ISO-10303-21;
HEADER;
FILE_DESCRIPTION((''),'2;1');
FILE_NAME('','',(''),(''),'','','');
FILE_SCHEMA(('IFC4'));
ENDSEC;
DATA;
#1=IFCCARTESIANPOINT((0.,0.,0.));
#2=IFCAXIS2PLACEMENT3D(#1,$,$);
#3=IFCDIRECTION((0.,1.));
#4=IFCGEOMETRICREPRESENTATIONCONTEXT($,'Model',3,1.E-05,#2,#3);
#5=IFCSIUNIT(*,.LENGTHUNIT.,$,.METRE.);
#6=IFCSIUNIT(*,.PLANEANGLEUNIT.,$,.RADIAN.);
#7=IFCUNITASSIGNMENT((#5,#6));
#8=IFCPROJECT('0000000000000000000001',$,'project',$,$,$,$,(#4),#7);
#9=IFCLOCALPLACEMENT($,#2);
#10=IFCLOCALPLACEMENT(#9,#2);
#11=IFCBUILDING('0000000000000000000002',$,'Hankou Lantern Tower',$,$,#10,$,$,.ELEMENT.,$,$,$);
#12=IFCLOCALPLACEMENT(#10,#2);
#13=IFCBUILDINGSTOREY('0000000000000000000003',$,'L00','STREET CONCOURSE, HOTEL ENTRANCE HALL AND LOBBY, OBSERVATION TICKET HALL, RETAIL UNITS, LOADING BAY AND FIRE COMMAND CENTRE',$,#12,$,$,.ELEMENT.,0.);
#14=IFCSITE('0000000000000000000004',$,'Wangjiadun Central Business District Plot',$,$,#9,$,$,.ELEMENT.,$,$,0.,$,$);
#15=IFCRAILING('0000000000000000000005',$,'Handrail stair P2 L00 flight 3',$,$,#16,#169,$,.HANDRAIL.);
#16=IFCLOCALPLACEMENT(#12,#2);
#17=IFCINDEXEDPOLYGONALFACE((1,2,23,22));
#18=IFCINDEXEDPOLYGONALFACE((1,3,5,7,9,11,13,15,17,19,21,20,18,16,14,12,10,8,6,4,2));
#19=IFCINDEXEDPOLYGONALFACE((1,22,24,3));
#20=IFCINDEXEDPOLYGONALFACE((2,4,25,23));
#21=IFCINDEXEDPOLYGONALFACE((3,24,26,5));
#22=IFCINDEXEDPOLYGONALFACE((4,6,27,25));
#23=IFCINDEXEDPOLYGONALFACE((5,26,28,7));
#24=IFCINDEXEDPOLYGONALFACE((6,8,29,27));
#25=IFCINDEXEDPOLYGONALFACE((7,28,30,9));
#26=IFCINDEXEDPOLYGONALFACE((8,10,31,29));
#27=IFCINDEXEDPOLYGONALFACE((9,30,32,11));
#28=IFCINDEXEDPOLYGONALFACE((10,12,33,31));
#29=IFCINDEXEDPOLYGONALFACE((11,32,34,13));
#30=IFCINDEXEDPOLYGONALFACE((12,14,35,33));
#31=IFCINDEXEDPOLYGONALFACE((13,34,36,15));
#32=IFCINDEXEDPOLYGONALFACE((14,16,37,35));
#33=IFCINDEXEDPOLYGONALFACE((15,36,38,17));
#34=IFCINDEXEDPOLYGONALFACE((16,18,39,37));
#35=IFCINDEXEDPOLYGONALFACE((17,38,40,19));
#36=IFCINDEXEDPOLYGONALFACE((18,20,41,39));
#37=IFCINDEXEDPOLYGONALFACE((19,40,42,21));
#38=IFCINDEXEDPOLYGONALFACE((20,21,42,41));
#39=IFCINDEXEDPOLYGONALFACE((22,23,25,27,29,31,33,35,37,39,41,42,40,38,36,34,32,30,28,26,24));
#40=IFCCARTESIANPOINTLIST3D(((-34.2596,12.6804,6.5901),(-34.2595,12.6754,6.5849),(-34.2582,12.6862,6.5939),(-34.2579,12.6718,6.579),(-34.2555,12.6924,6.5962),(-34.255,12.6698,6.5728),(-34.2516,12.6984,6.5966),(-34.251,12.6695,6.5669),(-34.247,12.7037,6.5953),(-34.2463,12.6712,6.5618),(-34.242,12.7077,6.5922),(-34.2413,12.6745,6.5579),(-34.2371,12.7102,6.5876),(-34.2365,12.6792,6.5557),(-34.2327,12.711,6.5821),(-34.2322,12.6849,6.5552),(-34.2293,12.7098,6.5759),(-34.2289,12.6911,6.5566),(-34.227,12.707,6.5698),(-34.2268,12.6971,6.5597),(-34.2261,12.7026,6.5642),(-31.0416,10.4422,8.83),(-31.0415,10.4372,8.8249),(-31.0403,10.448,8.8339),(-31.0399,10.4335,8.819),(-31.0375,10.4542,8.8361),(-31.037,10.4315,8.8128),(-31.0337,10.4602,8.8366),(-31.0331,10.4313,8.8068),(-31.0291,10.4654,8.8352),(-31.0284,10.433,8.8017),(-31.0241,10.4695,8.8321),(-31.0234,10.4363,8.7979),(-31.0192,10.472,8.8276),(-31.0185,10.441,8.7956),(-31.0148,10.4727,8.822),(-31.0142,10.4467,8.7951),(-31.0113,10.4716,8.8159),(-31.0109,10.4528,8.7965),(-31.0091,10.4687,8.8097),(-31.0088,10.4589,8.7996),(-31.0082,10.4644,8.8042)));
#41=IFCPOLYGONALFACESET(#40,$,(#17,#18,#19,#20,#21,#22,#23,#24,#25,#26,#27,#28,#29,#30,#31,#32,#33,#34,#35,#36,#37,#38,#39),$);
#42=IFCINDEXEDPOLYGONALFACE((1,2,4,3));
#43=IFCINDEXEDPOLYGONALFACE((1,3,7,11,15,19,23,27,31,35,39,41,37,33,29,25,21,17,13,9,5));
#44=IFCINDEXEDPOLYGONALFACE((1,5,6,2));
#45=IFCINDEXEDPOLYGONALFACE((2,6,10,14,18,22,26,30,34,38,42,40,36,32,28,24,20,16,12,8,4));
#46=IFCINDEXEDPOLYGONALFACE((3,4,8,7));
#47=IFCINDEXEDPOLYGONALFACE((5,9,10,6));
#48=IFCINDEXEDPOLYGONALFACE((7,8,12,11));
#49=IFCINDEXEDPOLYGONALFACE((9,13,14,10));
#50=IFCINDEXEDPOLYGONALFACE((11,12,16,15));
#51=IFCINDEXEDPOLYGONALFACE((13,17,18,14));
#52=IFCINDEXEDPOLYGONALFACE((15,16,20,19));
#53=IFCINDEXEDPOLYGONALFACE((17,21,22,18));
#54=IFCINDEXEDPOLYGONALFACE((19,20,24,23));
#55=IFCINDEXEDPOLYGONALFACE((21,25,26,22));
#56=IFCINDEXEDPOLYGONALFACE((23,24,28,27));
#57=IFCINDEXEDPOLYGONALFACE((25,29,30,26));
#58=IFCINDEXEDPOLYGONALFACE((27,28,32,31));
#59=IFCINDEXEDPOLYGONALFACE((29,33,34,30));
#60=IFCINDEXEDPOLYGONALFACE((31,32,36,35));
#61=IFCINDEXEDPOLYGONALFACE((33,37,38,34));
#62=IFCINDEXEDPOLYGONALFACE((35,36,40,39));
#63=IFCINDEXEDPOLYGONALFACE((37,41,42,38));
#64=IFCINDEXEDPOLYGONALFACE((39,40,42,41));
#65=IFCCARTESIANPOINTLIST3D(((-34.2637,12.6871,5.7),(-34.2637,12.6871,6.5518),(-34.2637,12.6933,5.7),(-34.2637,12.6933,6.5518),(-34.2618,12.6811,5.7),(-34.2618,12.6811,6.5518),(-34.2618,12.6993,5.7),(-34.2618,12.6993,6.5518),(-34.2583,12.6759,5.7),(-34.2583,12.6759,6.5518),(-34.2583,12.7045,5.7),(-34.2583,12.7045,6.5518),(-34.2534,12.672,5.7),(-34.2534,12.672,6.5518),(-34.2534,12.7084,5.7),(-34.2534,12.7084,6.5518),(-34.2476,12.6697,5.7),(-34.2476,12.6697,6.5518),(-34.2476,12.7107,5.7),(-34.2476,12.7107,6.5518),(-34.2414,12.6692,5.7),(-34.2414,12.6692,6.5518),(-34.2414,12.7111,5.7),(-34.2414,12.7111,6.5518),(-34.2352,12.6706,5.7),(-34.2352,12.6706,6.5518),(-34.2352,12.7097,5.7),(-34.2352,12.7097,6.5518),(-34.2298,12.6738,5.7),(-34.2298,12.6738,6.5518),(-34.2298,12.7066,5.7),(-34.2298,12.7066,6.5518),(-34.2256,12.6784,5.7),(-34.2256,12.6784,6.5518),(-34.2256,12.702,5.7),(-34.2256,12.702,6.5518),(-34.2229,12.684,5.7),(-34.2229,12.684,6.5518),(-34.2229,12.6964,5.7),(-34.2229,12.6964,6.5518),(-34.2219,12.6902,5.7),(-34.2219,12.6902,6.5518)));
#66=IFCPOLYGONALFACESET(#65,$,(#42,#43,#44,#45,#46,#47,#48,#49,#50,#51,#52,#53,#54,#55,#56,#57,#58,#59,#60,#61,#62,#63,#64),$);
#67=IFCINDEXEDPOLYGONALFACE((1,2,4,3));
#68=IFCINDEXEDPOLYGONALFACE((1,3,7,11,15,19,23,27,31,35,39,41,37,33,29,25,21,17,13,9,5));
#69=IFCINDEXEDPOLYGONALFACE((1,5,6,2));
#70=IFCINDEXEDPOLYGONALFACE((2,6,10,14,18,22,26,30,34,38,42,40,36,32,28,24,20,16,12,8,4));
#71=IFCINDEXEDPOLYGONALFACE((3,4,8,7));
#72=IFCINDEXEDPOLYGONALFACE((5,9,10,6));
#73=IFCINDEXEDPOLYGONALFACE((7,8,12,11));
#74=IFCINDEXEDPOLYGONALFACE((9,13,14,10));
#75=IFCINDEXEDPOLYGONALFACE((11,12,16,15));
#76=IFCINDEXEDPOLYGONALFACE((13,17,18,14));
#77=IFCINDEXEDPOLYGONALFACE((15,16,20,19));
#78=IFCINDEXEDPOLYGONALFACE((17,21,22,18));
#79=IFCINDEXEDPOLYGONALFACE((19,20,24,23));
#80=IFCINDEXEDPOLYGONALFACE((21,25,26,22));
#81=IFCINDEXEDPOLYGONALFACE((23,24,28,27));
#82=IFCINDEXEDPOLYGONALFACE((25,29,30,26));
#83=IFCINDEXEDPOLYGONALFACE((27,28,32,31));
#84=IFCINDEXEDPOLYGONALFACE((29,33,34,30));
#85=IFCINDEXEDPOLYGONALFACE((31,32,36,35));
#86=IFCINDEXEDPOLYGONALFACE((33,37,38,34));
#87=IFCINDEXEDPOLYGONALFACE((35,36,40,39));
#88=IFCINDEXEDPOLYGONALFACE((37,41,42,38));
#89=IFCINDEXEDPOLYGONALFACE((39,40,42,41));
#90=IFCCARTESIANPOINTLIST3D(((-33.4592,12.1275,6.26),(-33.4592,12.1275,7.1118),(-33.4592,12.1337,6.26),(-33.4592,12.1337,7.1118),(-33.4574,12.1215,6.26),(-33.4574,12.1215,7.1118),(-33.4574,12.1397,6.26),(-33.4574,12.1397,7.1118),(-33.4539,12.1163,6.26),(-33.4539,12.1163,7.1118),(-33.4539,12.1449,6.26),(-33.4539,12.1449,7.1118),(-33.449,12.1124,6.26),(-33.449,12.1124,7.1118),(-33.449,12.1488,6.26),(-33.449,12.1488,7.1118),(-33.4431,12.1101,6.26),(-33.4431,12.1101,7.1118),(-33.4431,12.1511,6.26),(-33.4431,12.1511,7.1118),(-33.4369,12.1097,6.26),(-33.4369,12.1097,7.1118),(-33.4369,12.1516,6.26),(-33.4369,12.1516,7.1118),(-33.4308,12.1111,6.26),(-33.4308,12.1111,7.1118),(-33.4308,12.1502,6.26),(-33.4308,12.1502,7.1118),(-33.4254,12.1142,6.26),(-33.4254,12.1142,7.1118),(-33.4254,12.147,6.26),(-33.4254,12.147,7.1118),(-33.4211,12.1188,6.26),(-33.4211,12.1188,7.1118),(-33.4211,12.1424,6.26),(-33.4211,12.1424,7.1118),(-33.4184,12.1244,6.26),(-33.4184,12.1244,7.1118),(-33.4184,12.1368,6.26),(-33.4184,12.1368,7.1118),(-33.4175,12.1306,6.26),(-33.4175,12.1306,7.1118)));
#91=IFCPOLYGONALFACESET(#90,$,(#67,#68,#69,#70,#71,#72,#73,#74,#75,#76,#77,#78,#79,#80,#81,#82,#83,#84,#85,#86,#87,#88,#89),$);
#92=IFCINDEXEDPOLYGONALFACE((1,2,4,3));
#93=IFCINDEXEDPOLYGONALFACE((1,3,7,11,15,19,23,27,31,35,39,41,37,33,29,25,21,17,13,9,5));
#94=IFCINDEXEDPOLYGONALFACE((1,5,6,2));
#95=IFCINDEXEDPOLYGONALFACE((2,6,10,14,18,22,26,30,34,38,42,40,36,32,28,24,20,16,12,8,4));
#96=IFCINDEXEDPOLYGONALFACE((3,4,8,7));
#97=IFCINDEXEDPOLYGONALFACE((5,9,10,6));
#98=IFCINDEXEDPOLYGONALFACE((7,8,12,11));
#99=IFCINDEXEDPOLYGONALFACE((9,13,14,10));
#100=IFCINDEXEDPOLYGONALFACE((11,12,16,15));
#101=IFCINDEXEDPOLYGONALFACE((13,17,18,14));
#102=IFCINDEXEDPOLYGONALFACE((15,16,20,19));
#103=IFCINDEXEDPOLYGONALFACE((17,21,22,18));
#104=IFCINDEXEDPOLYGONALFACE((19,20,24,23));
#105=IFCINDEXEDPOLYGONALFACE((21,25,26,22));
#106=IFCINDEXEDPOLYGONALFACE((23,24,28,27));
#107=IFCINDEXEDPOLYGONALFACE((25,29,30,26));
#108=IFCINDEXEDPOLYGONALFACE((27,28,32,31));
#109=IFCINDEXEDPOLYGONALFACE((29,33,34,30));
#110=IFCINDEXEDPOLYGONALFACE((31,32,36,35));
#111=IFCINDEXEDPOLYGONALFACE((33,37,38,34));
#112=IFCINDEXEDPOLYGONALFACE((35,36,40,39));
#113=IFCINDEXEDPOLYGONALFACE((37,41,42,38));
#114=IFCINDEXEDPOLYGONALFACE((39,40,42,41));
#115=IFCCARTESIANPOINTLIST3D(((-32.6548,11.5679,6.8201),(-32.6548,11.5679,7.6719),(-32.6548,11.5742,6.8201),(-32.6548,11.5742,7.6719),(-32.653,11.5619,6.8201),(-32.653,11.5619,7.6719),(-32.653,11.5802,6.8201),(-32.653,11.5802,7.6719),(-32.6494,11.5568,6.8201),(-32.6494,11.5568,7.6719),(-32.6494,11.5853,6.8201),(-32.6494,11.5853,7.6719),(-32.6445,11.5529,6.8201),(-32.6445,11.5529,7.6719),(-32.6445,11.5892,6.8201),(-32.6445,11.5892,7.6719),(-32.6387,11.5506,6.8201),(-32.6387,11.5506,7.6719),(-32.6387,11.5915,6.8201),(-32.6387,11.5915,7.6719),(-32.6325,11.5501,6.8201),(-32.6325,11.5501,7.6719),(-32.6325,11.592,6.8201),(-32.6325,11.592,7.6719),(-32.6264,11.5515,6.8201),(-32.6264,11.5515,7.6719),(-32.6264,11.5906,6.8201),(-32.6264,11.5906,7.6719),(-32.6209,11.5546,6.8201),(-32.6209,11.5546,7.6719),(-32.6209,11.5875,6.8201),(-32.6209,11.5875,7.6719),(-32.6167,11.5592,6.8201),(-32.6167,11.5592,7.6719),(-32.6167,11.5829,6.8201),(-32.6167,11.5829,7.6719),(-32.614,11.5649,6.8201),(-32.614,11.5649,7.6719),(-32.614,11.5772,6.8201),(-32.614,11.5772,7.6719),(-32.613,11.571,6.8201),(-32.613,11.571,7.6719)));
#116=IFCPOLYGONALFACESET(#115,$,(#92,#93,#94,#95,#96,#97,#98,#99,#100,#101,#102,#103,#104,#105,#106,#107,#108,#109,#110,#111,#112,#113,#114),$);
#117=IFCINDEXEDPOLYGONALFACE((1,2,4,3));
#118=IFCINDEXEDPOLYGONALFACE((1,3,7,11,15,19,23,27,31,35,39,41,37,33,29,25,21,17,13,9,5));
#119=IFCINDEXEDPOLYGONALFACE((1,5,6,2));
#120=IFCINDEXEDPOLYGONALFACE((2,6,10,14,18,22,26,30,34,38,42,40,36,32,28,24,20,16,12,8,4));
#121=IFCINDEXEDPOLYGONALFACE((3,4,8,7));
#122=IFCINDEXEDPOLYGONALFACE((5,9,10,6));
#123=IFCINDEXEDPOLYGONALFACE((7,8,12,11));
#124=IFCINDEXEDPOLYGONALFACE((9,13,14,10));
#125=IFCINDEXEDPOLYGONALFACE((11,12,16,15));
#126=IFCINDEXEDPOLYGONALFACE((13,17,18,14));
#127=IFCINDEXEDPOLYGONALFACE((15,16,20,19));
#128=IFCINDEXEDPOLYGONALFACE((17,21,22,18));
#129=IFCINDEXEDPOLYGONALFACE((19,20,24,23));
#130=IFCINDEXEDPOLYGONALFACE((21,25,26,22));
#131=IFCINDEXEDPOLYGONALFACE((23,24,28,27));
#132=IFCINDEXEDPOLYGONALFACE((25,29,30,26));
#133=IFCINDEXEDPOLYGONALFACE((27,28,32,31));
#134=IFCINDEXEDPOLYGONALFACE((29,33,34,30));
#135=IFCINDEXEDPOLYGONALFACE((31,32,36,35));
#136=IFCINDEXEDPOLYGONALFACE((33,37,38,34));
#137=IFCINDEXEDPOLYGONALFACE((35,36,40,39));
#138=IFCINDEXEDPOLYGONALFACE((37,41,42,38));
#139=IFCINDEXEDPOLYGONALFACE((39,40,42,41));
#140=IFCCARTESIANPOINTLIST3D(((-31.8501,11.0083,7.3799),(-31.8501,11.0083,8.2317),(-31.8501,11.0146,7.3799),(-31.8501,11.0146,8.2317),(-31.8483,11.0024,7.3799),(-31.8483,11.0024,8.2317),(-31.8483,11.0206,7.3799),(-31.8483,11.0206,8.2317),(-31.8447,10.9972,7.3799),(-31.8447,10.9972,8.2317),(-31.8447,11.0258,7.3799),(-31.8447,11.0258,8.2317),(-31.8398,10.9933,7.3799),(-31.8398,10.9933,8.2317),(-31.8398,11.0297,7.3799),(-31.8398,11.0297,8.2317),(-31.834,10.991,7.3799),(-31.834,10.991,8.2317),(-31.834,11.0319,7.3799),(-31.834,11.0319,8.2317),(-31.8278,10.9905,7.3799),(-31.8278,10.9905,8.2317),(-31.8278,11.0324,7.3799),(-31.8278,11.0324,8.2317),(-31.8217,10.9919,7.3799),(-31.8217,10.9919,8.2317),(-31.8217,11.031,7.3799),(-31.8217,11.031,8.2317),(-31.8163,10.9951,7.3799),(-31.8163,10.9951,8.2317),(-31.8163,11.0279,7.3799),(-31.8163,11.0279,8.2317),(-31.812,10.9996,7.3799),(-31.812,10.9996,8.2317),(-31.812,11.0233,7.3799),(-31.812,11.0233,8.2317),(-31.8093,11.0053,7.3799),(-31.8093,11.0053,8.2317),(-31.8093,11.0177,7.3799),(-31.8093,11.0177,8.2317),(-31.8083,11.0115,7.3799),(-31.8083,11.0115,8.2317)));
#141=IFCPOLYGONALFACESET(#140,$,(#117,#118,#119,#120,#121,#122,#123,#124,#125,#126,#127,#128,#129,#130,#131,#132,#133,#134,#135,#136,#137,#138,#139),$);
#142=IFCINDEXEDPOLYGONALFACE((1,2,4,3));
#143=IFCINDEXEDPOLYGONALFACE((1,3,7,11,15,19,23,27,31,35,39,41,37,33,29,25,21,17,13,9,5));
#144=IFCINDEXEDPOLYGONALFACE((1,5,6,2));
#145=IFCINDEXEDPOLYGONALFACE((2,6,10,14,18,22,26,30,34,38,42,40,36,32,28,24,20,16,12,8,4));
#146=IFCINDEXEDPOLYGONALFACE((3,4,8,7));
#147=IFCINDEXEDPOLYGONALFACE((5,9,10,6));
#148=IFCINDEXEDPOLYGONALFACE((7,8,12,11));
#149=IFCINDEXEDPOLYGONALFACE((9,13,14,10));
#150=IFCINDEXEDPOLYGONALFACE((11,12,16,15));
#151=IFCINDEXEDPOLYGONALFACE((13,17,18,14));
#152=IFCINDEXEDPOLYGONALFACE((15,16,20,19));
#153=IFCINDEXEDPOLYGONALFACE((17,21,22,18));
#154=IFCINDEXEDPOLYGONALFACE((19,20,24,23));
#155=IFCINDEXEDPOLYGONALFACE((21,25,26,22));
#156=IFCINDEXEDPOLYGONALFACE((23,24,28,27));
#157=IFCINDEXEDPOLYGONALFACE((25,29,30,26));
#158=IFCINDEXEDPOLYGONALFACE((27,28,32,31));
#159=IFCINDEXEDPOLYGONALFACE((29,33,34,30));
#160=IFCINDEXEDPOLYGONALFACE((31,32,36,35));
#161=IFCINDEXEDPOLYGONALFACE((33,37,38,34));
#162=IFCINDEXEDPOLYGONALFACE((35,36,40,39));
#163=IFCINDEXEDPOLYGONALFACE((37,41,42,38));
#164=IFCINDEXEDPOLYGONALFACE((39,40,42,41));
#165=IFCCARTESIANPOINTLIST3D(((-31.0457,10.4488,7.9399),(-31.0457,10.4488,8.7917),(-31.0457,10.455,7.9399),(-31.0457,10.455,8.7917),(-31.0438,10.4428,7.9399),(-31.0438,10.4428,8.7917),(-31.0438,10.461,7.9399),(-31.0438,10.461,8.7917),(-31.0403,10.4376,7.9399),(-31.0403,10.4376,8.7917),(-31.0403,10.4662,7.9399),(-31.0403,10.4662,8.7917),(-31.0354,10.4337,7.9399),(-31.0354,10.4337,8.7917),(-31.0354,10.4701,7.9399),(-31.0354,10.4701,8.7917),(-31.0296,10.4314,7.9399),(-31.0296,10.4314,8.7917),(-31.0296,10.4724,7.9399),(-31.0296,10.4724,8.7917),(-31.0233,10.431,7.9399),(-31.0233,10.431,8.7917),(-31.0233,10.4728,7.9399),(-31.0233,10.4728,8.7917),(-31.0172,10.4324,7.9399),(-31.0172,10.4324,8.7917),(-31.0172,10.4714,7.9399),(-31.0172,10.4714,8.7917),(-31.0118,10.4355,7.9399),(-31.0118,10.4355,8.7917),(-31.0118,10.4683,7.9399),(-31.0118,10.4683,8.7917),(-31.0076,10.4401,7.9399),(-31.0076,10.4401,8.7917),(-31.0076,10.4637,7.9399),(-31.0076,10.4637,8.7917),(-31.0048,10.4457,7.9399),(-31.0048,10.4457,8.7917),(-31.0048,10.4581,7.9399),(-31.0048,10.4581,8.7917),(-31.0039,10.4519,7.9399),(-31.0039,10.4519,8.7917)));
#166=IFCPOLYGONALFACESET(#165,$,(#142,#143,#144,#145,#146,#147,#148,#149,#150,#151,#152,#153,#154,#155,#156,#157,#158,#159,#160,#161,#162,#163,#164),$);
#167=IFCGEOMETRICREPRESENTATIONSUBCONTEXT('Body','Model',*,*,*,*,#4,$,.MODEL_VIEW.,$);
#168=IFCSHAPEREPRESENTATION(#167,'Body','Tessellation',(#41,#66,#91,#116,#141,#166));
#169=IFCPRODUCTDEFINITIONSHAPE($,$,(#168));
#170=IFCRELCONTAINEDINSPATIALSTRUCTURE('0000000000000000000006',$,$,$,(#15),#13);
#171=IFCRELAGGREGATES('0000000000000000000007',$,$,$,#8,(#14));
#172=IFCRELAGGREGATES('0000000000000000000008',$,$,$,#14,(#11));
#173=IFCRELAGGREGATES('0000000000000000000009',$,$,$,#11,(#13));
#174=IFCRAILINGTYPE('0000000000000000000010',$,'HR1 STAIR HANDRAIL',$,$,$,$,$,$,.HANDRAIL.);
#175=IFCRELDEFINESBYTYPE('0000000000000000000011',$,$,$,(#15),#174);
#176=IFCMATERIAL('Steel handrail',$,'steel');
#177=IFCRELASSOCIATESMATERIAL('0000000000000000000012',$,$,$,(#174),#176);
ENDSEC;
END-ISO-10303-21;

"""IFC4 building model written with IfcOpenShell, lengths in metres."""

from ifc_helpers import new_model, si_unit, direction, frame, origin, origin_2d, place, context, subcontext, project, spatial, circle, extrude, material, type_object, element, save


model = new_model("IFC4")

# Units and contexts
model_context = context("Model", 3, precision=1e-05, world=origin(), true_north=direction((0.0, 1.0)))
body_context = subcontext(model_context, "Body", "Model", "MODEL_VIEW")
ifc_project = project(units=[si_unit("LENGTHUNIT", "METRE"), si_unit("PLANEANGLEUNIT", "RADIAN")], contexts=[model_context])

# Site, building, storey
site_placement = place(None, origin())
site = spatial("IfcSite", under=ifc_project, at=site_placement, Name="Wangjiadun Central Business District Plot", CompositionType="ELEMENT", RefElevation=0.0)
building_placement = place(site_placement, origin())
building = spatial("IfcBuilding", under=site, at=building_placement, Name="Hankou Lantern Tower", CompositionType="ELEMENT")
storey_placement = place(building_placement, origin())
storey = spatial("IfcBuildingStorey", under=building, at=storey_placement, Name="L00", Description="STREET CONCOURSE, HOTEL ENTRANCE HALL AND LOBBY, OBSERVATION TICKET HALL, RETAIL UNITS, LOADING BAY AND FIRE COMMAND CENTRE", CompositionType="ELEMENT", Elevation=0.0)

# Railing
ifc_material_1 = material(Name="Steel handrail", Category="steel")
railing_type = type_object("IfcRailingType", Name="HR1 STAIR HANDRAIL", PredefinedType="HANDRAIL", material=ifc_material_1)
railing_1_placement = place(storey_placement, frame((-34.2429, 12.6902, 5.7)))
element("IfcRailing", 1, at=railing_1_placement, inside=storey, type_object=railing_type, Name="Handrail stair P2 L00 flight 3", PredefinedType="HANDRAIL", context=body_context, shape_type="SweptSolid", body=[
    extrude(circle(Radius=0.0239, at=origin_2d()), frame((0.0, 0.0, 0.876), z_axis=(0.712776, -0.495769, 0.496148), x_axis=(0.571006, 0.820946, 0.0)), (0.0, 0.0, 1.0), 4.5146),
    extrude(circle(Radius=0.021, at=origin_2d()), origin(), (0.0, 0.0, 1.0), 0.8518),
    extrude(circle(Radius=0.021, at=origin_2d()), frame((0.8044, -0.5596, 0.5601)), (0.0, 0.0, 1.0), 0.8518),
    extrude(circle(Radius=0.021, at=origin_2d()), frame((1.6089, -1.1191, 1.1201)), (0.0, 0.0, 1.0), 0.8518),
    extrude(circle(Radius=0.021, at=origin_2d()), frame((2.4136, -1.6787, 1.6799)), (0.0, 0.0, 1.0), 0.8518),
    extrude(circle(Radius=0.021, at=origin_2d()), frame((3.218, -2.2383, 2.24)), (0.0, 0.0, 1.0), 0.8518),
])

save(model, "model.ifc")
